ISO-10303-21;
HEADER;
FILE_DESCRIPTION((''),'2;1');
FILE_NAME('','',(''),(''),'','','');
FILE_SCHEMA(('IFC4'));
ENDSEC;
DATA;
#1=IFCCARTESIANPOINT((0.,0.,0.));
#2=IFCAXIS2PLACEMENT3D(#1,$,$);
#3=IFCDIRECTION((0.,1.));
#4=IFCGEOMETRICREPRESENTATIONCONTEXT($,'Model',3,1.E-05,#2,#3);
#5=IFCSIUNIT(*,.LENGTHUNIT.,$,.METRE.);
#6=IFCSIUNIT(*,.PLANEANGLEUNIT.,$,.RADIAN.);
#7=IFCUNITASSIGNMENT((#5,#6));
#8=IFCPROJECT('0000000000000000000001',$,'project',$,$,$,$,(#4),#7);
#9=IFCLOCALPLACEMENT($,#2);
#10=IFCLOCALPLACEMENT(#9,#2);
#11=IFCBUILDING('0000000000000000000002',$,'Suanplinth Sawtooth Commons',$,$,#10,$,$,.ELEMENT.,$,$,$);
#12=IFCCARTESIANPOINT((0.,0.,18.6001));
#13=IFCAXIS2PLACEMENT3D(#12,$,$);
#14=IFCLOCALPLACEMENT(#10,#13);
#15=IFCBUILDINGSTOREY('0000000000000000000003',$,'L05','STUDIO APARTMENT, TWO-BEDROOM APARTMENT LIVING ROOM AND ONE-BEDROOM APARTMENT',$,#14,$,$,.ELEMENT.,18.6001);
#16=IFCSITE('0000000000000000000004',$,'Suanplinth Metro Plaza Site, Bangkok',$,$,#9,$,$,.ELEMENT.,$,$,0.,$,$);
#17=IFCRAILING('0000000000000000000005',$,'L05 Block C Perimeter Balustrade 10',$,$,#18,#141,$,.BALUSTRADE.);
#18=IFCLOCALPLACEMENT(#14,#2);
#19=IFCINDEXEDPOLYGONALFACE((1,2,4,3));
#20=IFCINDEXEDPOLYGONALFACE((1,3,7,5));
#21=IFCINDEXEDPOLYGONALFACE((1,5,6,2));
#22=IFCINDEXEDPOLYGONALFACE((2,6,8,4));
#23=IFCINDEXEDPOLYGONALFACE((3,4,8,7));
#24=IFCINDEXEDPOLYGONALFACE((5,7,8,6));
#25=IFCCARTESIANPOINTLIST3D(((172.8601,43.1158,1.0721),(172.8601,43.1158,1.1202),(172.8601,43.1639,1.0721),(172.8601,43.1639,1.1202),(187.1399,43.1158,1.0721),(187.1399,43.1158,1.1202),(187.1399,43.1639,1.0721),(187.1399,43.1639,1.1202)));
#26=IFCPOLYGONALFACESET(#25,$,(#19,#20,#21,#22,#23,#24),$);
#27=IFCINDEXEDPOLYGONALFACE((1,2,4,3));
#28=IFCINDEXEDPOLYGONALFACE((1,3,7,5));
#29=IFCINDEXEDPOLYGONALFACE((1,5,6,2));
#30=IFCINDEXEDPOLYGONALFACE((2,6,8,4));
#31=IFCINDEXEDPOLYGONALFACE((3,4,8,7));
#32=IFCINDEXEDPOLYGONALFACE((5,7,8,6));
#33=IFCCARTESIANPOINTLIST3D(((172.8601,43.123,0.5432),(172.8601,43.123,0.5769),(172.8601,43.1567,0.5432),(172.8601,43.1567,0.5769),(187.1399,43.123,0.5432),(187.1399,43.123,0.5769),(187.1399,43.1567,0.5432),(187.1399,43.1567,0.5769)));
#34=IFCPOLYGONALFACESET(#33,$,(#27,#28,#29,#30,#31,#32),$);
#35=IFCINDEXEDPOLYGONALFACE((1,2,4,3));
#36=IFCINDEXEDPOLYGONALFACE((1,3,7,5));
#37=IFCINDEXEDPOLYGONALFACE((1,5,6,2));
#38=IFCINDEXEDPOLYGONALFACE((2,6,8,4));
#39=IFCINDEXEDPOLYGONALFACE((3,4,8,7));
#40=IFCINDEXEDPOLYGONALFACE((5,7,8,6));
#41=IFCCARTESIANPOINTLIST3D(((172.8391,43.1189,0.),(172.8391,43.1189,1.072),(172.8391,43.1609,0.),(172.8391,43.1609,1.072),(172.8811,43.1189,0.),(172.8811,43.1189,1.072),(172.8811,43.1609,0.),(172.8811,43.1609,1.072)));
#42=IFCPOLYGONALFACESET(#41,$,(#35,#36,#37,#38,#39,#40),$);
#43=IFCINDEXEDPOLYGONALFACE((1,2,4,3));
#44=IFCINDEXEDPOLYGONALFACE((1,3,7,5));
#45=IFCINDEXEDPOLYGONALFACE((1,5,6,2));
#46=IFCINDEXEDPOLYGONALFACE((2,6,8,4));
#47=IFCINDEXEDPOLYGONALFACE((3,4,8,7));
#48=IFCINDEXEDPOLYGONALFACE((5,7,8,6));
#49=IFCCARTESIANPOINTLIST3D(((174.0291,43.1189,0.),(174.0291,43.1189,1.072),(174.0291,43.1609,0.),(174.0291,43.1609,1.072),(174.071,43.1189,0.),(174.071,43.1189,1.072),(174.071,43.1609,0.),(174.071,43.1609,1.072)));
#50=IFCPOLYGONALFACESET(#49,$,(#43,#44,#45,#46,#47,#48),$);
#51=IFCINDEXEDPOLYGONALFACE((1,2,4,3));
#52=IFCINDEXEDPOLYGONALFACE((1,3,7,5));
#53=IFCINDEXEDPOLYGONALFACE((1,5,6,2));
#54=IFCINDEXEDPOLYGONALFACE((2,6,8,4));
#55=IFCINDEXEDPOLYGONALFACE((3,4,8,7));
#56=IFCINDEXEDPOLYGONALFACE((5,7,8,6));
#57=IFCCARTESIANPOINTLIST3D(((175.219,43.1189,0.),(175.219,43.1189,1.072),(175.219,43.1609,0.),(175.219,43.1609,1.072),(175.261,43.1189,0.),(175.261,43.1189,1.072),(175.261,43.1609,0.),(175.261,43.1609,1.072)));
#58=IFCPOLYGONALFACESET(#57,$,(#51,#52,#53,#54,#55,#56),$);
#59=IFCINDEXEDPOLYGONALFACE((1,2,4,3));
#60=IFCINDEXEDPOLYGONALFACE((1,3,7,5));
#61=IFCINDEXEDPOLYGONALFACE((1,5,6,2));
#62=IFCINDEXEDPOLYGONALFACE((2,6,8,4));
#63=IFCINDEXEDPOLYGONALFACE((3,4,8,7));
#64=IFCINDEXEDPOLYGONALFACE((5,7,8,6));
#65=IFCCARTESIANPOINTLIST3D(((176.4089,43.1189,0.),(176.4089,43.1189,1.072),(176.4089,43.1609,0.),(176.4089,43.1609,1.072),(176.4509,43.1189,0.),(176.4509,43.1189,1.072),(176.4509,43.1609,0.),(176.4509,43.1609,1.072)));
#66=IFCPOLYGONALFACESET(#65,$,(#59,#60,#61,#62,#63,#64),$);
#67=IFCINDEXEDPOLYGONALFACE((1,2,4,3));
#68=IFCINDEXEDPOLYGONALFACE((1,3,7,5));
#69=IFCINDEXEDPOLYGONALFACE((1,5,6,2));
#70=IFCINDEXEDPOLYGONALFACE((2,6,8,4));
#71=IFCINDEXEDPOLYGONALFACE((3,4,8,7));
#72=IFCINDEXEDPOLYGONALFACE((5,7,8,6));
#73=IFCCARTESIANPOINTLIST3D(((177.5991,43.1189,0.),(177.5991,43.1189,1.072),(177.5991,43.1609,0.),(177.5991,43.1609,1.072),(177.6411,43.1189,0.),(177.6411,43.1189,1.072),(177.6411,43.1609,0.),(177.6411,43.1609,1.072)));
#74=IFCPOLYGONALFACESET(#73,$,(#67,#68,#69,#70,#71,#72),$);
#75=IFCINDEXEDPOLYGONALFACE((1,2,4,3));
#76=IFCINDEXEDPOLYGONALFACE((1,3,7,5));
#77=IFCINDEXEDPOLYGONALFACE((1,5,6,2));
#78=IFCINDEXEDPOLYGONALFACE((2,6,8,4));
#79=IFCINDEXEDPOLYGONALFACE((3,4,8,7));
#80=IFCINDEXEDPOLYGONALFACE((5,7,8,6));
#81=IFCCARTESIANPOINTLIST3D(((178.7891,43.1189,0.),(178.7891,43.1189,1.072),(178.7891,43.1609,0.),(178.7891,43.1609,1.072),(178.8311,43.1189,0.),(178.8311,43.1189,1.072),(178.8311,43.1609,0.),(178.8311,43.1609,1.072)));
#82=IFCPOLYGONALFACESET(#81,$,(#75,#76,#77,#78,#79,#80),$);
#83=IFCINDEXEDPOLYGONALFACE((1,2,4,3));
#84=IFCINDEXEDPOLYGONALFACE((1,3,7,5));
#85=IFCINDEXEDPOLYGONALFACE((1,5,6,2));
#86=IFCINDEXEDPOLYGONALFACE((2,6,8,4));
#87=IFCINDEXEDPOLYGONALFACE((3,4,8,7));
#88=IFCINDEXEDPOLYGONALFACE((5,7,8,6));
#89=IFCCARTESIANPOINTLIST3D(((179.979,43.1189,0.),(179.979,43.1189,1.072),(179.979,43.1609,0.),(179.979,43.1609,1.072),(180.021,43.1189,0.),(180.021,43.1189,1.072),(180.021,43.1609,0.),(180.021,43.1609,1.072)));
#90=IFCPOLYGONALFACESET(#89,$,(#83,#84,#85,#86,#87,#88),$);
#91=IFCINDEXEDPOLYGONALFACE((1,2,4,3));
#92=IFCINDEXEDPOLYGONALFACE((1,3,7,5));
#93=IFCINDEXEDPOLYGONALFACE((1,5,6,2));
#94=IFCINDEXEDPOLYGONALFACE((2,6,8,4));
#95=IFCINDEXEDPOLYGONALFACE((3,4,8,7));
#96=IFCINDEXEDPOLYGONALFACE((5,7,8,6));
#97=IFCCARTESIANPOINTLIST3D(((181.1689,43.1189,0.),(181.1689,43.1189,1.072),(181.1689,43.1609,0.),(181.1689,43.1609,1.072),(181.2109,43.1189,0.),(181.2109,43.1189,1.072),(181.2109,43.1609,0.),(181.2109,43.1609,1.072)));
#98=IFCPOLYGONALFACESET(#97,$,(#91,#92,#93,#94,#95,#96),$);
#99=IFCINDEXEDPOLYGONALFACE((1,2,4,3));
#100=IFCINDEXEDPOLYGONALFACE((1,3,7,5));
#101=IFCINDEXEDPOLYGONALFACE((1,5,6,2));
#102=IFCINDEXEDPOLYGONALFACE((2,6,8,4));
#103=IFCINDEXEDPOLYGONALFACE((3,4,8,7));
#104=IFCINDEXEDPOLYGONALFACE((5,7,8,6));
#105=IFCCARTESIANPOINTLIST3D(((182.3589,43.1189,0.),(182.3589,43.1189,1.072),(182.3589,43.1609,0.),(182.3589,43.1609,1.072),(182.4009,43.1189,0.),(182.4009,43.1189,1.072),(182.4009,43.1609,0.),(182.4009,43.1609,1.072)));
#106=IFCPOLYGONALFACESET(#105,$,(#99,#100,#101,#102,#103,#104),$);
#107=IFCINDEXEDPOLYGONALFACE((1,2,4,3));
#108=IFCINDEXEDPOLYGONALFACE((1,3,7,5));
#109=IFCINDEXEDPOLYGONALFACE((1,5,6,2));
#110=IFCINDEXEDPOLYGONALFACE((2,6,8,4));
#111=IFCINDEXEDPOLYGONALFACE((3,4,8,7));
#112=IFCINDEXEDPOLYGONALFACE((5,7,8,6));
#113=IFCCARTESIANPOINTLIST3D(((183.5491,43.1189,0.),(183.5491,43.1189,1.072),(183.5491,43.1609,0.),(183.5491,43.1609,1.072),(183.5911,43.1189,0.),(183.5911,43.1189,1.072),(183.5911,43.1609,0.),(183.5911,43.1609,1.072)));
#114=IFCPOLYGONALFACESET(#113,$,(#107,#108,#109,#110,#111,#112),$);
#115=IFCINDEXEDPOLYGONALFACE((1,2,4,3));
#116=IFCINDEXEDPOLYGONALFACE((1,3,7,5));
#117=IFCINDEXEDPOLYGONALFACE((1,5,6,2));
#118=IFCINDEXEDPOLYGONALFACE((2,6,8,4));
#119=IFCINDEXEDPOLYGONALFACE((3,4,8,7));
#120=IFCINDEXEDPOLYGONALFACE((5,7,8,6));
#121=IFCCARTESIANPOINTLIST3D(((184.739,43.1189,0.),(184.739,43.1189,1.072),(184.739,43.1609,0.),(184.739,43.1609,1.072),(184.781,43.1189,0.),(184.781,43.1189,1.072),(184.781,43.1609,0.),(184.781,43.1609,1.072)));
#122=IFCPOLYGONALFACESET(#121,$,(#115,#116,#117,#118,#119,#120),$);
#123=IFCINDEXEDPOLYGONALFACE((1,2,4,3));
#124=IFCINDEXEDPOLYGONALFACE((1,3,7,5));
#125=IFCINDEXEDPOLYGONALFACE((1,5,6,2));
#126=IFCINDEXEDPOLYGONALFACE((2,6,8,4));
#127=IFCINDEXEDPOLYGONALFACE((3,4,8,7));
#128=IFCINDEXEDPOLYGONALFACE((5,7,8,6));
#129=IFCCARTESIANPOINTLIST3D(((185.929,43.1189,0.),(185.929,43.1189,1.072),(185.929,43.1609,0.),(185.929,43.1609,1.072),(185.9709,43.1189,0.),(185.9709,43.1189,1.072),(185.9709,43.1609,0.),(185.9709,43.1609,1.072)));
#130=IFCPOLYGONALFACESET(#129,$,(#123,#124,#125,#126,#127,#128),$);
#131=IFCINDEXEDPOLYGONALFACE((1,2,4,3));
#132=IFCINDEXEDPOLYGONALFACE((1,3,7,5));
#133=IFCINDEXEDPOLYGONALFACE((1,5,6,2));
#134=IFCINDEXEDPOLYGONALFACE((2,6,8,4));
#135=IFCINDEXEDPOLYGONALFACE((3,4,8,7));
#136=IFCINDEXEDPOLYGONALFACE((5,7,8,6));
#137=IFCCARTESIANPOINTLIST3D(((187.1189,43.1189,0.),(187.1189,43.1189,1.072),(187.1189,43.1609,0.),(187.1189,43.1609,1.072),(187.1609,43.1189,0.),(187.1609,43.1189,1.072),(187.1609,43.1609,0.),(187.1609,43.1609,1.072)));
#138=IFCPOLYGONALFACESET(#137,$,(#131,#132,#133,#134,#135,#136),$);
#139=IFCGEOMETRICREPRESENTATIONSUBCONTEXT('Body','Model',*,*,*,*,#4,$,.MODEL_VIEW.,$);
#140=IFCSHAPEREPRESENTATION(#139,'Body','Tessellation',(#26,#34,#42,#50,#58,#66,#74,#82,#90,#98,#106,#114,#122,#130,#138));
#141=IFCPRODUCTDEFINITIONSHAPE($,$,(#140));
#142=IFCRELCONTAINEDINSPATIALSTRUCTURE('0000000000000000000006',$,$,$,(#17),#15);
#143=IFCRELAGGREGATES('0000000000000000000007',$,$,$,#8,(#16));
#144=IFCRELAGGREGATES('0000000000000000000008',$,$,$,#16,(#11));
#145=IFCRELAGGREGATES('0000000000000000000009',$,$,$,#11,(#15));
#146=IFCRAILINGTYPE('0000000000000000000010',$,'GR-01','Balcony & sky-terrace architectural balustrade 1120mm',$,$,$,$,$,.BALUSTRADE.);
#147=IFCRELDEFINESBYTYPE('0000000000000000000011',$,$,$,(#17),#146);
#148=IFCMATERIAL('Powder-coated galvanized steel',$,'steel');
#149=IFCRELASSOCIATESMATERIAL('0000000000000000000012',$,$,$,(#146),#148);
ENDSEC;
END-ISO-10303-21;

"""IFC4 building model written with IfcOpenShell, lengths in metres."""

from ifc_helpers import new_model, si_unit, direction, frame, origin, origin_2d, place, context, subcontext, project, spatial, rectangle, extrude, material, type_object, element, save


model = new_model("IFC4")

# Units and contexts
model_context = context("Model", 3, precision=1e-05, world=origin(), true_north=direction((0.0, 1.0)))
body_context = subcontext(model_context, "Body", "Model", "MODEL_VIEW")
ifc_project = project(units=[si_unit("LENGTHUNIT", "METRE"), si_unit("PLANEANGLEUNIT", "RADIAN")], contexts=[model_context])

# Site, building, storey
site_placement = place(None, origin())
site = spatial("IfcSite", under=ifc_project, at=site_placement, Name="Suanplinth Metro Plaza Site, Bangkok", CompositionType="ELEMENT", RefElevation=0.0)
building_placement = place(site_placement, origin())
building = spatial("IfcBuilding", under=site, at=building_placement, Name="Suanplinth Sawtooth Commons", CompositionType="ELEMENT")
storey_placement = place(building_placement, frame((0.0, 0.0, 18.6001)))
storey = spatial("IfcBuildingStorey", under=building, at=storey_placement, Name="L05", Description="STUDIO APARTMENT, TWO-BEDROOM APARTMENT LIVING ROOM AND ONE-BEDROOM APARTMENT", CompositionType="ELEMENT", Elevation=18.6001)

# Railing
ifc_material_1 = material(Name="Powder-coated galvanized steel", Category="steel")
railing_type = type_object("IfcRailingType", Name="GR-01", Description="Balcony & sky-terrace architectural balustrade 1120mm", PredefinedType="BALUSTRADE", material=ifc_material_1)
railing_1_placement = place(storey_placement, frame((172.8601, 43.1399, 0.0)))
element("IfcRailing", 1, at=railing_1_placement, inside=storey, type_object=railing_type, Name="L05 Block C Perimeter Balustrade 10", PredefinedType="BALUSTRADE", context=body_context, shape_type="SweptSolid", body=[
    extrude(rectangle(XDim=0.0481, YDim=0.0481, at=origin_2d()), frame((0.0, 0.0, 1.0962), z_axis=(1.0, 0.0, 0.0), x_axis=(0.0, 1.0, 0.0)), (0.0, 0.0, 1.0), 14.2798),
    extrude(rectangle(XDim=0.0337, YDim=0.0337, at=origin_2d()), frame((0.0, 0.0, 0.5601), z_axis=(1.0, 0.0, 0.0), x_axis=(0.0, 1.0, 0.0)), (0.0, 0.0, 1.0), 14.2798),
    extrude(rectangle(XDim=0.042, YDim=0.042, at=origin_2d()), origin(), (0.0, 0.0, 1.0), 1.072),
    extrude(rectangle(XDim=0.042, YDim=0.042, at=origin_2d()), frame((1.1899, 0.0, 0.0)), (0.0, 0.0, 1.0), 1.072),
    extrude(rectangle(XDim=0.042, YDim=0.042, at=origin_2d()), frame((2.3799, 0.0, 0.0)), (0.0, 0.0, 1.0), 1.072),
    extrude(rectangle(XDim=0.042, YDim=0.042, at=origin_2d()), frame((3.5698, 0.0, 0.0)), (0.0, 0.0, 1.0), 1.072),
    extrude(rectangle(XDim=0.042, YDim=0.042, at=origin_2d()), frame((4.76, 0.0, 0.0)), (0.0, 0.0, 1.0), 1.072),
    extrude(rectangle(XDim=0.042, YDim=0.042, at=origin_2d()), frame((5.95, 0.0, 0.0)), (0.0, 0.0, 1.0), 1.072),
    extrude(rectangle(XDim=0.042, YDim=0.042, at=origin_2d()), frame((7.1399, 0.0, 0.0)), (0.0, 0.0, 1.0), 1.072),
    extrude(rectangle(XDim=0.042, YDim=0.042, at=origin_2d()), frame((8.3298, 0.0, 0.0)), (0.0, 0.0, 1.0), 1.072),
    extrude(rectangle(XDim=0.042, YDim=0.042, at=origin_2d()), frame((9.5198, 0.0, 0.0)), (0.0, 0.0, 1.0), 1.072),
    extrude(rectangle(XDim=0.042, YDim=0.042, at=origin_2d()), frame((10.71, 0.0, 0.0)), (0.0, 0.0, 1.0), 1.072),
    extrude(rectangle(XDim=0.042, YDim=0.042, at=origin_2d()), frame((11.8999, 0.0, 0.0)), (0.0, 0.0, 1.0), 1.072),
    extrude(rectangle(XDim=0.042, YDim=0.042, at=origin_2d()), frame((13.0898, 0.0, 0.0)), (0.0, 0.0, 1.0), 1.072),
    extrude(rectangle(XDim=0.042, YDim=0.042, at=origin_2d()), frame((14.2798, 0.0, 0.0)), (0.0, 0.0, 1.0), 1.072),
])

save(model, "model.ifc")
